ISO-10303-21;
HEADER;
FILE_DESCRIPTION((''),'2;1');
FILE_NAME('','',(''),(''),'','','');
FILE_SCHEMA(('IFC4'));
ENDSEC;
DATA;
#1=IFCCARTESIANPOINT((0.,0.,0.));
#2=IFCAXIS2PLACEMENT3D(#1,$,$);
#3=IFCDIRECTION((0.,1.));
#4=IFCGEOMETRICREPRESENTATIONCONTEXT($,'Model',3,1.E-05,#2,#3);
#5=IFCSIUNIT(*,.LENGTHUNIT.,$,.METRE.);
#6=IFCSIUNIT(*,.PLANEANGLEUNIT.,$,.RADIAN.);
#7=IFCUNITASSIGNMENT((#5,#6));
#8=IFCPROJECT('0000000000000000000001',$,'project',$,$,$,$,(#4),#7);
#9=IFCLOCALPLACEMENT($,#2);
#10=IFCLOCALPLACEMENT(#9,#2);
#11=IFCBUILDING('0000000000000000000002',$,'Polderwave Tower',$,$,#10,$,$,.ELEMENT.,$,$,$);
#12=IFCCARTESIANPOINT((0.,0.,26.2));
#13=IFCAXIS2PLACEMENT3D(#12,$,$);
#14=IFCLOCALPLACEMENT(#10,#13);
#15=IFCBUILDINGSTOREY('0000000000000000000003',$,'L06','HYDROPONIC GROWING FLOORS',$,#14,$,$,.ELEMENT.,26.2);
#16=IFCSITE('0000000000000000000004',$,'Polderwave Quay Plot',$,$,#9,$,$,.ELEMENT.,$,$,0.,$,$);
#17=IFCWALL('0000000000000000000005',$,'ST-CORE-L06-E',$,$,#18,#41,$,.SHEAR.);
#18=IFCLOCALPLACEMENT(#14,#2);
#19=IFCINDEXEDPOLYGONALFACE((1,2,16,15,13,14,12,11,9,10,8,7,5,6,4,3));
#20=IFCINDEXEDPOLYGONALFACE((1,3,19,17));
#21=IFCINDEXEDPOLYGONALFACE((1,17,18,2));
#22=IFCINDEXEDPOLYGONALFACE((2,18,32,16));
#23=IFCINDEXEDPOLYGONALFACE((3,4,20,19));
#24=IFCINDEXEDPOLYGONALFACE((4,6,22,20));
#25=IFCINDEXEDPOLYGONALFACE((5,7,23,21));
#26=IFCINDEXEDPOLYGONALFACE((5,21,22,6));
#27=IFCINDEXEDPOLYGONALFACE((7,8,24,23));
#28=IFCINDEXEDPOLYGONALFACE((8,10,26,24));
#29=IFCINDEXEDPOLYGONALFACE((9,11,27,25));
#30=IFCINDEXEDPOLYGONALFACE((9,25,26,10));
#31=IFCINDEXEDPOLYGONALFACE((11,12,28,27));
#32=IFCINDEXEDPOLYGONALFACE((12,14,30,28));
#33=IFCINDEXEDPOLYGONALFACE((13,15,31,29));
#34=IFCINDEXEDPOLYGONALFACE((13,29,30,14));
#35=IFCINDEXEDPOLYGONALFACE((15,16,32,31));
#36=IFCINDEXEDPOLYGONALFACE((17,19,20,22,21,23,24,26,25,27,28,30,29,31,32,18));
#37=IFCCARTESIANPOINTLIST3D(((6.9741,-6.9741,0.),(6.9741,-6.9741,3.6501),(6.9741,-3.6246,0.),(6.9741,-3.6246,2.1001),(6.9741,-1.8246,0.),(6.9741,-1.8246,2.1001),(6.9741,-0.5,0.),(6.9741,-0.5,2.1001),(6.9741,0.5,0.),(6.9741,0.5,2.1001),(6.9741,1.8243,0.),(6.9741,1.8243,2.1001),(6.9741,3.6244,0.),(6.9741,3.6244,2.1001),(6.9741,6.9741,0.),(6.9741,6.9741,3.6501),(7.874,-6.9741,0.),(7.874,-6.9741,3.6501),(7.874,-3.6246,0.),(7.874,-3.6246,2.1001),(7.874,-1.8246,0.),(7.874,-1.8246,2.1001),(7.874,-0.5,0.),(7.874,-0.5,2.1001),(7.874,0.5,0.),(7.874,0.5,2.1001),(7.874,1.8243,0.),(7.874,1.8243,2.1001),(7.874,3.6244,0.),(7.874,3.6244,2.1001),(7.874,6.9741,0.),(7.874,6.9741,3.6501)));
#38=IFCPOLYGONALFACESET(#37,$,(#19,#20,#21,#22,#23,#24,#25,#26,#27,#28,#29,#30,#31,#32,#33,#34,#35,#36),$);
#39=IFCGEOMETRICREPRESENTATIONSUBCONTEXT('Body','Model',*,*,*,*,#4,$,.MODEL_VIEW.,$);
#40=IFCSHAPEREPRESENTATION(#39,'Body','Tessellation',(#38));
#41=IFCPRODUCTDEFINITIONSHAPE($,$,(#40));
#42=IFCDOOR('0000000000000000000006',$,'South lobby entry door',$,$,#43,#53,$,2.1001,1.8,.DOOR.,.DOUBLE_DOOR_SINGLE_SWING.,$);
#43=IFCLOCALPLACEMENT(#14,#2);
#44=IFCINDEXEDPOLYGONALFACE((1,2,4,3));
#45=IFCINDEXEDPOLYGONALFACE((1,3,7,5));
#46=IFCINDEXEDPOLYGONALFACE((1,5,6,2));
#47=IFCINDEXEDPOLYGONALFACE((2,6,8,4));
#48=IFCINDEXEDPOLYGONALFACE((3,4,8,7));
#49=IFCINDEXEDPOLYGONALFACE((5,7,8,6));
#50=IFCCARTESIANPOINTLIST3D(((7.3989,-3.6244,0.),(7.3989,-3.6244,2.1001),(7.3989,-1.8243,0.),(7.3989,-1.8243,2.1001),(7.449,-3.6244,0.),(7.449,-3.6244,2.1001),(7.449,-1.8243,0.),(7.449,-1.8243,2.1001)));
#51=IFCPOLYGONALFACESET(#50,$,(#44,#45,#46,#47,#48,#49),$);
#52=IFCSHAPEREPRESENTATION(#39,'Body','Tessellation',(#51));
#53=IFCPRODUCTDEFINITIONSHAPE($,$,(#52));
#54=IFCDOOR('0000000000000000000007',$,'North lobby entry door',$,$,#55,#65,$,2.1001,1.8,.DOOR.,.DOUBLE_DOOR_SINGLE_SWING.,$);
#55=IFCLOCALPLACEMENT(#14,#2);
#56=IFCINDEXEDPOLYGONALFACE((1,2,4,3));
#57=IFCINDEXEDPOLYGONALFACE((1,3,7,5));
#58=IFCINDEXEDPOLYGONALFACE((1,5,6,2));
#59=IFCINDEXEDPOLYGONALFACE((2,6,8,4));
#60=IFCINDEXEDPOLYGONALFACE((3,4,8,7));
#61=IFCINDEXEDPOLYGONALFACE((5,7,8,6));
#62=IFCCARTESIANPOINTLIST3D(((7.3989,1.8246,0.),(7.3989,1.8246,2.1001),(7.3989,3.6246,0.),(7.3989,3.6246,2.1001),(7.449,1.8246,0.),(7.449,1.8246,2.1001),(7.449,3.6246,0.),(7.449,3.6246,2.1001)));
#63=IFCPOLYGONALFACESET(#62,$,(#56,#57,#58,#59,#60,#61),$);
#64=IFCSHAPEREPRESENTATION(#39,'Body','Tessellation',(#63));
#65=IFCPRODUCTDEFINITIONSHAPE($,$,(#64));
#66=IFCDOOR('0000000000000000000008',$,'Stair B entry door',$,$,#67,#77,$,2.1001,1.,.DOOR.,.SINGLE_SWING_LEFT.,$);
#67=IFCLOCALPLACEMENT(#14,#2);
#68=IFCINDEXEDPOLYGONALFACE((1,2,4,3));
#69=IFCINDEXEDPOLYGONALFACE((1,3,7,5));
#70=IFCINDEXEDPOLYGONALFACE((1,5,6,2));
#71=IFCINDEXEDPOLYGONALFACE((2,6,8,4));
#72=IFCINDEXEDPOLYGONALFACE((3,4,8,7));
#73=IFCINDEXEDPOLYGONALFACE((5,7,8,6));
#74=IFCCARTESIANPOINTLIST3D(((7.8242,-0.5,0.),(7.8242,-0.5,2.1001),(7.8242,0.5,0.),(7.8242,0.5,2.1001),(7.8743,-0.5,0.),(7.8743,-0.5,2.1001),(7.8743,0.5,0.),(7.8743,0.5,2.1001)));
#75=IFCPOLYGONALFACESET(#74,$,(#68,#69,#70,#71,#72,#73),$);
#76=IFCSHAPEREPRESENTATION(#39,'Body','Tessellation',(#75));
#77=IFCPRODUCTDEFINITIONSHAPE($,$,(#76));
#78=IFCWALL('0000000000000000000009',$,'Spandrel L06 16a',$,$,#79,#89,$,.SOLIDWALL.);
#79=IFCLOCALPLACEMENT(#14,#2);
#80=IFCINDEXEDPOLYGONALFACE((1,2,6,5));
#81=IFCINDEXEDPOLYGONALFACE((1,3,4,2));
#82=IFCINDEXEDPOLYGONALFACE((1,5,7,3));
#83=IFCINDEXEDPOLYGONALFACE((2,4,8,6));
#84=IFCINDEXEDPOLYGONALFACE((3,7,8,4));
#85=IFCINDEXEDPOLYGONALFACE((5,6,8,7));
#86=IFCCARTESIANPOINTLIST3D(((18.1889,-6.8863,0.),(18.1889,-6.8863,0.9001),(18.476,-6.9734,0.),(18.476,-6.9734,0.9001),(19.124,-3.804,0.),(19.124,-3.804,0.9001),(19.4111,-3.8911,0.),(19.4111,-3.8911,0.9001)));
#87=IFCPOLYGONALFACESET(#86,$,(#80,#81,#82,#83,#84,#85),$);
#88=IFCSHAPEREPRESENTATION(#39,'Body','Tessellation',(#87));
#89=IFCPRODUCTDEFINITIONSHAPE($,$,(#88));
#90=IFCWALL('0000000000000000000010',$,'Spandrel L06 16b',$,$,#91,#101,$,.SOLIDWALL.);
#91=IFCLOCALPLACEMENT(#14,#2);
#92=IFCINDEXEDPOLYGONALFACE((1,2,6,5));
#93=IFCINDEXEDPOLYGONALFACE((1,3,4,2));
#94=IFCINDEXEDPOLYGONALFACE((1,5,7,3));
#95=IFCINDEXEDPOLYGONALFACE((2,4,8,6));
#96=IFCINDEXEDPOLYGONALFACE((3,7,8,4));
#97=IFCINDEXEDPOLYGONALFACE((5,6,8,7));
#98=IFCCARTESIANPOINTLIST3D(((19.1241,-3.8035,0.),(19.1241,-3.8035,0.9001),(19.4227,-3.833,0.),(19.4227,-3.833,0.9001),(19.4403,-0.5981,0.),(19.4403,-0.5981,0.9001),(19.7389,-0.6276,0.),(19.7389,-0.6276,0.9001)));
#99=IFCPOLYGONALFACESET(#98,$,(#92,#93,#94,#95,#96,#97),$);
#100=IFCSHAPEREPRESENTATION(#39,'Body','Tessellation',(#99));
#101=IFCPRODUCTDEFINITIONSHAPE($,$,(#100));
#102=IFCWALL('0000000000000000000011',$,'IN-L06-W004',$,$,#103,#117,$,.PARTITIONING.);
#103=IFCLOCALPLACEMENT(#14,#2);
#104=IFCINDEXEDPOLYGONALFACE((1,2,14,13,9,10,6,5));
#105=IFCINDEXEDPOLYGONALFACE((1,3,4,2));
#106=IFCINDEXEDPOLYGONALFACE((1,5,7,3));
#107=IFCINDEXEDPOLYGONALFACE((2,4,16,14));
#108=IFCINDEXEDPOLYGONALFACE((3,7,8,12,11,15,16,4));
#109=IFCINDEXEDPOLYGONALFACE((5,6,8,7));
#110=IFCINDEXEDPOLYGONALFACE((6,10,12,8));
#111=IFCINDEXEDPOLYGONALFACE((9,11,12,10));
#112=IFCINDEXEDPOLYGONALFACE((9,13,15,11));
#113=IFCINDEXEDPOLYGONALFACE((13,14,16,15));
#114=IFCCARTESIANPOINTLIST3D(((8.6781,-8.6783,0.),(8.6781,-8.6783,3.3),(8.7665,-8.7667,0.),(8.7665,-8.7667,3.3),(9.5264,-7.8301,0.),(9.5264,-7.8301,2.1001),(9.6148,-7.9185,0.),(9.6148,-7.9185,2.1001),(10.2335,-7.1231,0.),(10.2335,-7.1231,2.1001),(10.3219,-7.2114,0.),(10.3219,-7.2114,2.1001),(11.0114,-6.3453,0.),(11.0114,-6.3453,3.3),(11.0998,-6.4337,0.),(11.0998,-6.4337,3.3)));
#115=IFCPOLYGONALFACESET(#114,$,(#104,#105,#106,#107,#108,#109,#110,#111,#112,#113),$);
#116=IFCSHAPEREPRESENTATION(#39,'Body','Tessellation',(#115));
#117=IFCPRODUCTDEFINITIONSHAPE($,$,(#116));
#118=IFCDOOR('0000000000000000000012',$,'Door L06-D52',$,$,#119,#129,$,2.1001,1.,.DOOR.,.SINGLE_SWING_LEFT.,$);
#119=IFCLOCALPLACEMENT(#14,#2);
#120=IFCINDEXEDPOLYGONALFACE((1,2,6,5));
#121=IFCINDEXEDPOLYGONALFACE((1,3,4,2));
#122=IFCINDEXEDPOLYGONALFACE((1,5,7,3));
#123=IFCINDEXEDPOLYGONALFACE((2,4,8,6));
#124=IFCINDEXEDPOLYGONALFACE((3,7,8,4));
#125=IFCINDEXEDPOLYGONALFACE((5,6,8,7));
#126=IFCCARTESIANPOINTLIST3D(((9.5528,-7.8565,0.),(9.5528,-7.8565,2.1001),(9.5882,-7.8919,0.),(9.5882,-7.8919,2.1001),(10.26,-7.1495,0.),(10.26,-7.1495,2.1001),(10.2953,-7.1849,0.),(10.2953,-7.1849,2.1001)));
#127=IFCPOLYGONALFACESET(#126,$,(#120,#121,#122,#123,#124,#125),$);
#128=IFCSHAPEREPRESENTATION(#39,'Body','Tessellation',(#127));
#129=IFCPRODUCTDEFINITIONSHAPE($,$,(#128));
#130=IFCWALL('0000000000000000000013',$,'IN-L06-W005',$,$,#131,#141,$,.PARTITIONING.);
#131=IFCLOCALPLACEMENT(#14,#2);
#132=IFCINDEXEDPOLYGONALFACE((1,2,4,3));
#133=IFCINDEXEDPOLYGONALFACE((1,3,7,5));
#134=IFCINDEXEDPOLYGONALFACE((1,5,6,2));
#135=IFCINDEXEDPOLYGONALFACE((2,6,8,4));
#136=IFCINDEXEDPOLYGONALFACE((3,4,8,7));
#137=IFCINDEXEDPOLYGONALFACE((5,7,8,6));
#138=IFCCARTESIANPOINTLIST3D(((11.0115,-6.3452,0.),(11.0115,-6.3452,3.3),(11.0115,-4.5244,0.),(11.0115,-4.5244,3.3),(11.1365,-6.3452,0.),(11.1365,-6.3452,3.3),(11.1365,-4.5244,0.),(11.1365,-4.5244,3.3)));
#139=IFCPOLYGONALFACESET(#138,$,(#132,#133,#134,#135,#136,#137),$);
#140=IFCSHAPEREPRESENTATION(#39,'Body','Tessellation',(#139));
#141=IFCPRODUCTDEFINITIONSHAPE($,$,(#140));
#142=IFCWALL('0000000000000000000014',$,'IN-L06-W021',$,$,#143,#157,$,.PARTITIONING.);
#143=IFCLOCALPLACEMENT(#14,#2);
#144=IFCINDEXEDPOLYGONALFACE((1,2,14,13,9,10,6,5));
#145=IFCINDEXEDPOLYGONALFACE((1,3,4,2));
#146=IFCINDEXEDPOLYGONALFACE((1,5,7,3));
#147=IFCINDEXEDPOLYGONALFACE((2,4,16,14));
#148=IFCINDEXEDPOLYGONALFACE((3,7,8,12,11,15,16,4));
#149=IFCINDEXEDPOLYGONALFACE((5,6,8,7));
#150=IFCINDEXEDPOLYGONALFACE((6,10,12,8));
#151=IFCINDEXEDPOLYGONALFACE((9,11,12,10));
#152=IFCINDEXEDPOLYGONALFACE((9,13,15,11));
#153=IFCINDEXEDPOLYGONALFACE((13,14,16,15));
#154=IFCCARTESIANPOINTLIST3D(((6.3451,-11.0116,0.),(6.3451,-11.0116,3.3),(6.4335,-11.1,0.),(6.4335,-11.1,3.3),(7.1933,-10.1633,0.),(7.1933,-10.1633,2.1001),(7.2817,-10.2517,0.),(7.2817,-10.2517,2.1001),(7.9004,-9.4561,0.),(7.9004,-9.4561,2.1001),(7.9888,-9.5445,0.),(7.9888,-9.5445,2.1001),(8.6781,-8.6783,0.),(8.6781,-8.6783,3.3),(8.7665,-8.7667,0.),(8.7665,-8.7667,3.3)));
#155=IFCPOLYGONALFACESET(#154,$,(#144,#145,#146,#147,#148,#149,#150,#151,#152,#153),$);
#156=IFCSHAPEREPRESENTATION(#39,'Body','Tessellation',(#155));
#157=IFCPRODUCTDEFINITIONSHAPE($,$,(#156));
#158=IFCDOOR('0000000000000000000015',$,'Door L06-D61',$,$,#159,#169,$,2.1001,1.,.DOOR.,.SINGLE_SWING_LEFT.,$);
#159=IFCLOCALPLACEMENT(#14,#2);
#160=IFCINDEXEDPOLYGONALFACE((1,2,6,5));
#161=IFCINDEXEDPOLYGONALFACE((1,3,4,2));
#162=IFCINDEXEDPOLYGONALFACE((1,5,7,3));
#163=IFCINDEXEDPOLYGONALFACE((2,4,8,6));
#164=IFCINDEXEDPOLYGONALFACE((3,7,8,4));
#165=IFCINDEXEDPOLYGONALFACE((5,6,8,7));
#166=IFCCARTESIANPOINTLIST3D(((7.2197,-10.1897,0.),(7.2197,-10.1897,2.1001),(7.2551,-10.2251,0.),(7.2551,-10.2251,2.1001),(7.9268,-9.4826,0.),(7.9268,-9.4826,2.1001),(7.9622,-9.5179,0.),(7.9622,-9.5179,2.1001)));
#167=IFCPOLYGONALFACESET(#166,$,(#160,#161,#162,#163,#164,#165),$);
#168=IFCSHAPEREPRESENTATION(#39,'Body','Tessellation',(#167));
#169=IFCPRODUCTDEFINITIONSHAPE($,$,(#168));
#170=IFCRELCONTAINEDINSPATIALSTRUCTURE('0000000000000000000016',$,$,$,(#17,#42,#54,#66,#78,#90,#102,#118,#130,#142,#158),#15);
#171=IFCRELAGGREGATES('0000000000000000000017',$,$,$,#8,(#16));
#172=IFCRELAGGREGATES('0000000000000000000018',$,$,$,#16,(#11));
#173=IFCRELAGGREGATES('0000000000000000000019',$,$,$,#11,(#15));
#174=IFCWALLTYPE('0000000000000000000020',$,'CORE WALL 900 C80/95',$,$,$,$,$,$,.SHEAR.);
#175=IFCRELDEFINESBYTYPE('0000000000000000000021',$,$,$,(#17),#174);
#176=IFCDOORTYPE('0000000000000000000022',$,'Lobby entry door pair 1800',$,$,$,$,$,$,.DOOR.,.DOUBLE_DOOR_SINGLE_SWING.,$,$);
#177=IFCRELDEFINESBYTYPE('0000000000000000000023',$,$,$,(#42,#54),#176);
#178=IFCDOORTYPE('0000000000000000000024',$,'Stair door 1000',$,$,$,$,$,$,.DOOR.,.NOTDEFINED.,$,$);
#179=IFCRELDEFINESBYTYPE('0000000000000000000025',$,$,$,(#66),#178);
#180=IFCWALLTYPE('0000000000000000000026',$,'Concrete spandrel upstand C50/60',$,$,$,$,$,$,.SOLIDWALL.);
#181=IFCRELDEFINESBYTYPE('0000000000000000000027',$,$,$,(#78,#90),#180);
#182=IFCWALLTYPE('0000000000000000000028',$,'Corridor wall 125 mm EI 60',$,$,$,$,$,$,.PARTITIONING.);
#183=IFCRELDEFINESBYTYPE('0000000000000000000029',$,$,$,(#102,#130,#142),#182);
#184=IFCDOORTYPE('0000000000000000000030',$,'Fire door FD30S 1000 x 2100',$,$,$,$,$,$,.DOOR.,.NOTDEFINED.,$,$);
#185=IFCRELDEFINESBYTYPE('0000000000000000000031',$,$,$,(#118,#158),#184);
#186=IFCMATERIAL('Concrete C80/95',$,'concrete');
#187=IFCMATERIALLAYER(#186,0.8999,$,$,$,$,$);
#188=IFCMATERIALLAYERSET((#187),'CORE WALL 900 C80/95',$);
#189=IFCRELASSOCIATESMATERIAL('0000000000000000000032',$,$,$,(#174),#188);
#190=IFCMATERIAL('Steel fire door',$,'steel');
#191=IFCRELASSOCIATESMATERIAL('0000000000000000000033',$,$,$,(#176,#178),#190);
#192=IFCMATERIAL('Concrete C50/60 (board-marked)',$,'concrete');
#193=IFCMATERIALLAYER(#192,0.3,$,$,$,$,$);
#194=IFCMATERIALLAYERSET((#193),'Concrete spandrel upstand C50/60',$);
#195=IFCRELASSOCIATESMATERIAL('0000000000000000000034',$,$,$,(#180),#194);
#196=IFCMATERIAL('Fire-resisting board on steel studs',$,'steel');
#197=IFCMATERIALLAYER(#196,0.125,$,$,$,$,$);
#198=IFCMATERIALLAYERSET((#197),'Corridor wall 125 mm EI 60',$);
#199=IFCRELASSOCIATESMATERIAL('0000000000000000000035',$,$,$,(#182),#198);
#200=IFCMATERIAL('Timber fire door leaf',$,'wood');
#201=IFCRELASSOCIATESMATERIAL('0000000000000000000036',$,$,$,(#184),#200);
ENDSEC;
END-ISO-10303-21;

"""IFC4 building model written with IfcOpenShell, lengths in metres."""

from ifc_helpers import new_model, si_unit, direction, frame, frame_2d, origin, place, context, subcontext, project, spatial, rectangle, extrude, material, layer, layer_set, type_object, element, fill, save


model = new_model("IFC4")

# Units and contexts
model_context = context("Model", 3, precision=1e-05, world=origin(), true_north=direction((0.0, 1.0)))
body_context = subcontext(model_context, "Body", "Model", "MODEL_VIEW")
ifc_project = project(units=[si_unit("LENGTHUNIT", "METRE"), si_unit("PLANEANGLEUNIT", "RADIAN")], contexts=[model_context])

# Site, building, storey
site_placement = place(None, origin())
site = spatial("IfcSite", under=ifc_project, at=site_placement, Name="Polderwave Quay Plot", CompositionType="ELEMENT", RefElevation=0.0)
building_placement = place(site_placement, origin())
building = spatial("IfcBuilding", under=site, at=building_placement, Name="Polderwave Tower", CompositionType="ELEMENT")
storey_placement = place(building_placement, frame((0.0, 0.0, 26.2)))
storey = spatial("IfcBuildingStorey", under=building, at=storey_placement, Name="L06", Description="HYDROPONIC GROWING FLOORS", CompositionType="ELEMENT", Elevation=26.2)

# Wall, openings, doors
ifc_material_1 = material(Name="Concrete C80/95", Category="concrete")
ifc_layer_1 = layer(ifc_material_1, 0.8999)
ifc_layer_set_1 = layer_set([ifc_layer_1], Name="CORE WALL 900 C80/95")
wall_type_1 = type_object("IfcWallType", Name="CORE WALL 900 C80/95", PredefinedType="SHEAR", material=ifc_layer_set_1)
wall_1_placement = place(storey_placement, frame((7.4241, -6.9741, 0.0), z_axis=(0.0, 0.0, 1.0), x_axis=(0.0, 1.0, 0.0)))
wall_1 = element("IfcWall", 1, at=wall_1_placement, inside=storey, type_object=wall_type_1, Name="ST-CORE-L06-E", PredefinedType="SHEAR", context=body_context, shape_type="SweptSolid", body=[
    extrude(rectangle(XDim=13.9482, YDim=0.8999, at=frame_2d((6.9741, 0.0))), origin(), (0.0, 0.0, 1.0), 3.6501),
])
opening_1_placement = place(wall_1_placement, frame((6.4741, 0.0, 0.0)))
opening_1 = element("IfcOpeningElement", 2, at=opening_1_placement, cuts=wall_1, PredefinedType="OPENING", context=body_context, shape_type="SweptSolid", body=[
    extrude(rectangle(XDim=1.0, YDim=2.1001, at=frame_2d((0.5, 1.05))), frame((0.0, 0.46, 0.0), z_axis=(0.0, -1.0, 0.0), x_axis=(1.0, 0.0, 0.0)), (0.0, 0.0, 1.0), 0.9199),
])
opening_2_placement = place(wall_1_placement, frame((3.3496, 0.0, 0.0)))
opening_2 = element("IfcOpeningElement", 3, at=opening_2_placement, cuts=wall_1, PredefinedType="OPENING", context=body_context, shape_type="SweptSolid", body=[
    extrude(rectangle(XDim=1.8, YDim=2.1001, at=frame_2d((0.8999, 1.05))), frame((0.0, 0.46, 0.0), z_axis=(0.0, -1.0, 0.0), x_axis=(1.0, 0.0, 0.0)), (0.0, 0.0, 1.0), 0.9199),
])
opening_3_placement = place(wall_1_placement, frame((8.7986, 0.0, 0.0)))
opening_3 = element("IfcOpeningElement", 4, at=opening_3_placement, cuts=wall_1, PredefinedType="OPENING", context=body_context, shape_type="SweptSolid", body=[
    extrude(rectangle(XDim=1.8, YDim=2.1001, at=frame_2d((0.8999, 1.05))), frame((0.0, 0.46, 0.0), z_axis=(0.0, -1.0, 0.0), x_axis=(1.0, 0.0, 0.0)), (0.0, 0.0, 1.0), 0.9199),
])
ifc_material_2 = material(Name="Steel fire door", Category="steel")
door_type_1 = type_object("IfcDoorType", Name="Lobby entry door pair 1800", OperationType="DOUBLE_DOOR_SINGLE_SWING", PredefinedType="DOOR", material=ifc_material_2)
door_1_placement = place(opening_2_placement, frame((1.8, 0.0, 0.0), z_axis=(0.0, 0.0, 1.0), x_axis=(-1.0, 0.0, 0.0)))
door_1 = element("IfcDoor", 5, at=door_1_placement, inside=storey, type_object=door_type_1, Name="South lobby entry door", OperationType="DOUBLE_DOOR_SINGLE_SWING", OverallHeight=2.1001, OverallWidth=1.8, PredefinedType="DOOR", context=body_context, shape_type="SweptSolid", body=[
    extrude(rectangle(XDim=1.8, YDim=2.1001, at=frame_2d((0.8999, 1.05))), frame((0.0, 0.0249, 0.0), z_axis=(0.0, -1.0, 0.0), x_axis=(1.0, 0.0, 0.0)), (0.0, 0.0, 1.0), 0.05),
])
fill(opening_2, door_1)
door_2_placement = place(opening_3_placement, frame((1.8, 0.0, 0.0), z_axis=(0.0, 0.0, 1.0), x_axis=(-1.0, 0.0, 0.0)))
door_2 = element("IfcDoor", 6, at=door_2_placement, inside=storey, type_object=door_type_1, Name="North lobby entry door", OperationType="DOUBLE_DOOR_SINGLE_SWING", OverallHeight=2.1001, OverallWidth=1.8, PredefinedType="DOOR", context=body_context, shape_type="SweptSolid", body=[
    extrude(rectangle(XDim=1.8, YDim=2.1001, at=frame_2d((0.8999, 1.05))), frame((0.0, 0.0249, 0.0), z_axis=(0.0, -1.0, 0.0), x_axis=(1.0, 0.0, 0.0)), (0.0, 0.0, 1.0), 0.05),
])
fill(opening_3, door_2)
door_type_2 = type_object("IfcDoorType", Name="Stair door 1000", OperationType="NOTDEFINED", PredefinedType="DOOR", material=ifc_material_2)
door_3_placement = place(opening_1_placement, frame((1.0, 0.0, 0.0), z_axis=(0.0, 0.0, 1.0), x_axis=(-1.0, 0.0, 0.0)))
door_3 = element("IfcDoor", 7, at=door_3_placement, inside=storey, type_object=door_type_2, Name="Stair B entry door", OperationType="SINGLE_SWING_LEFT", OverallHeight=2.1001, OverallWidth=1.0, PredefinedType="DOOR", context=body_context, shape_type="SweptSolid", body=[
    extrude(rectangle(XDim=1.0, YDim=2.1001, at=frame_2d((0.5, 1.05))), frame((0.0, 0.4502, 0.0), z_axis=(0.0, -1.0, 0.0), x_axis=(1.0, 0.0, 0.0)), (0.0, 0.0, 1.0), 0.05),
])
fill(opening_1, door_3)

# Walls
ifc_material_3 = material(Name="Concrete C50/60 (board-marked)", Category="concrete")
ifc_layer_2 = layer(ifc_material_3, 0.3)
ifc_layer_set_2 = layer_set([ifc_layer_2], Name="Concrete spandrel upstand C50/60")
wall_type_2 = type_object("IfcWallType", Name="Concrete spandrel upstand C50/60", PredefinedType="SOLIDWALL", material=ifc_layer_set_2)
for number, where, z_axis, x_axis, name in (
    (8, (18.3325, -6.9297, 0.0), (0.0, 0.0, 1.0), (0.290302, 0.956935, 0.0), "Spandrel L06 16a"),
    (9, (19.2734, -3.8181, 0.0), (0.0, 0.0, 1.0), (0.09816, 0.995171, 0.0), "Spandrel L06 16b"),
):
    element("IfcWall", number, at=place(storey_placement, frame(where, z_axis=z_axis, x_axis=x_axis)), inside=storey, type_object=wall_type_2, Name=name, PredefinedType="SOLIDWALL", context=body_context, shape_type="SweptSolid", body=[
        extrude(rectangle(XDim=3.2209, YDim=0.3, at=frame_2d((1.6104, 0.0))), origin(), (0.0, 0.0, 1.0), 0.9001),
    ])

# Wall, opening, door
ifc_material_4 = material(Name="Fire-resisting board on steel studs", Category="steel")
ifc_layer_3 = layer(ifc_material_4, 0.125)
ifc_layer_set_3 = layer_set([ifc_layer_3], Name="Corridor wall 125 mm EI 60")
wall_type_3 = type_object("IfcWallType", Name="Corridor wall 125 mm EI 60", PredefinedType="PARTITIONING", material=ifc_layer_set_3)
wall_2_placement = place(storey_placement, frame((11.0557, -6.3894, 0.0), z_axis=(0.0, 0.0, 1.0), x_axis=(-0.707144, -0.70707, 0.0)))
wall_2 = element("IfcWall", 10, at=wall_2_placement, inside=storey, type_object=wall_type_3, Name="IN-L06-W004", PredefinedType="PARTITIONING", context=body_context, shape_type="SweptSolid", body=[
    extrude(rectangle(XDim=3.2996, YDim=0.125, at=frame_2d((1.6499, 0.0))), origin(), (0.0, 0.0, 1.0), 3.3),
])
opening_4_placement = place(wall_2_placement, frame((1.1001, 0.0, 0.0)))
opening_4 = element("IfcOpeningElement", 11, at=opening_4_placement, cuts=wall_2, PredefinedType="OPENING", context=body_context, shape_type="SweptSolid", body=[
    extrude(rectangle(XDim=1.0, YDim=2.1001, at=frame_2d((0.5, 1.05))), frame((0.0, 0.0725, 0.0), z_axis=(0.0, -1.0, 0.0), x_axis=(1.0, 0.0, 0.0)), (0.0, 0.0, 1.0), 0.145),
])
ifc_material_5 = material(Name="Timber fire door leaf", Category="wood")
door_type_3 = type_object("IfcDoorType", Name="Fire door FD30S 1000 x 2100", OperationType="NOTDEFINED", PredefinedType="DOOR", material=ifc_material_5)
door_4_placement = place(opening_4_placement, origin())
door_4 = element("IfcDoor", 12, at=door_4_placement, inside=storey, type_object=door_type_3, Name="Door L06-D52", OperationType="SINGLE_SWING_LEFT", OverallHeight=2.1001, OverallWidth=1.0, PredefinedType="DOOR", context=body_context, shape_type="SweptSolid", body=[
    extrude(rectangle(XDim=1.0, YDim=2.1001, at=frame_2d((0.5, 1.05))), frame((0.0, 0.0249, 0.0), z_axis=(0.0, -1.0, 0.0), x_axis=(1.0, 0.0, 0.0)), (0.0, 0.0, 1.0), 0.05),
])
fill(opening_4, door_4)

# Wall
wall_3_placement = place(storey_placement, frame((11.074, -4.5244, 0.0), z_axis=(0.0, 0.0, 1.0), x_axis=(0.0, -1.0, 0.0)))
element("IfcWall", 13, at=wall_3_placement, inside=storey, type_object=wall_type_3, Name="IN-L06-W005", PredefinedType="PARTITIONING", context=body_context, shape_type="SweptSolid", body=[
    extrude(rectangle(XDim=1.8208, YDim=0.125, at=frame_2d((0.9104, 0.0))), origin(), (0.0, 0.0, 1.0), 3.3),
])

# Wall, opening, door
wall_4_placement = place(storey_placement, frame((8.7224, -8.7224, 0.0), z_axis=(0.0, 0.0, 1.0), x_axis=(-0.70707, -0.707144, 0.0)))
wall_4 = element("IfcWall", 14, at=wall_4_placement, inside=storey, type_object=wall_type_3, Name="IN-L06-W021", PredefinedType="PARTITIONING", context=body_context, shape_type="SweptSolid", body=[
    extrude(rectangle(XDim=3.2996, YDim=0.125, at=frame_2d((1.6499, 0.0))), origin(), (0.0, 0.0, 1.0), 3.3),
])
opening_5_placement = place(wall_4_placement, frame((1.1001, 0.0, 0.0)))
opening_5 = element("IfcOpeningElement", 15, at=opening_5_placement, cuts=wall_4, PredefinedType="OPENING", context=body_context, shape_type="SweptSolid", body=[
    extrude(rectangle(XDim=1.0, YDim=2.1001, at=frame_2d((0.5, 1.05))), frame((0.0, 0.0725, 0.0), z_axis=(0.0, -1.0, 0.0), x_axis=(1.0, 0.0, 0.0)), (0.0, 0.0, 1.0), 0.145),
])
door_5_placement = place(opening_5_placement, origin())
door_5 = element("IfcDoor", 16, at=door_5_placement, inside=storey, type_object=door_type_3, Name="Door L06-D61", OperationType="SINGLE_SWING_LEFT", OverallHeight=2.1001, OverallWidth=1.0, PredefinedType="DOOR", context=body_context, shape_type="SweptSolid", body=[
    extrude(rectangle(XDim=1.0, YDim=2.1001, at=frame_2d((0.5, 1.05))), frame((0.0, 0.0249, 0.0), z_axis=(0.0, -1.0, 0.0), x_axis=(1.0, 0.0, 0.0)), (0.0, 0.0, 1.0), 0.05),
])
fill(opening_5, door_5)

save(model, "model.ifc")
